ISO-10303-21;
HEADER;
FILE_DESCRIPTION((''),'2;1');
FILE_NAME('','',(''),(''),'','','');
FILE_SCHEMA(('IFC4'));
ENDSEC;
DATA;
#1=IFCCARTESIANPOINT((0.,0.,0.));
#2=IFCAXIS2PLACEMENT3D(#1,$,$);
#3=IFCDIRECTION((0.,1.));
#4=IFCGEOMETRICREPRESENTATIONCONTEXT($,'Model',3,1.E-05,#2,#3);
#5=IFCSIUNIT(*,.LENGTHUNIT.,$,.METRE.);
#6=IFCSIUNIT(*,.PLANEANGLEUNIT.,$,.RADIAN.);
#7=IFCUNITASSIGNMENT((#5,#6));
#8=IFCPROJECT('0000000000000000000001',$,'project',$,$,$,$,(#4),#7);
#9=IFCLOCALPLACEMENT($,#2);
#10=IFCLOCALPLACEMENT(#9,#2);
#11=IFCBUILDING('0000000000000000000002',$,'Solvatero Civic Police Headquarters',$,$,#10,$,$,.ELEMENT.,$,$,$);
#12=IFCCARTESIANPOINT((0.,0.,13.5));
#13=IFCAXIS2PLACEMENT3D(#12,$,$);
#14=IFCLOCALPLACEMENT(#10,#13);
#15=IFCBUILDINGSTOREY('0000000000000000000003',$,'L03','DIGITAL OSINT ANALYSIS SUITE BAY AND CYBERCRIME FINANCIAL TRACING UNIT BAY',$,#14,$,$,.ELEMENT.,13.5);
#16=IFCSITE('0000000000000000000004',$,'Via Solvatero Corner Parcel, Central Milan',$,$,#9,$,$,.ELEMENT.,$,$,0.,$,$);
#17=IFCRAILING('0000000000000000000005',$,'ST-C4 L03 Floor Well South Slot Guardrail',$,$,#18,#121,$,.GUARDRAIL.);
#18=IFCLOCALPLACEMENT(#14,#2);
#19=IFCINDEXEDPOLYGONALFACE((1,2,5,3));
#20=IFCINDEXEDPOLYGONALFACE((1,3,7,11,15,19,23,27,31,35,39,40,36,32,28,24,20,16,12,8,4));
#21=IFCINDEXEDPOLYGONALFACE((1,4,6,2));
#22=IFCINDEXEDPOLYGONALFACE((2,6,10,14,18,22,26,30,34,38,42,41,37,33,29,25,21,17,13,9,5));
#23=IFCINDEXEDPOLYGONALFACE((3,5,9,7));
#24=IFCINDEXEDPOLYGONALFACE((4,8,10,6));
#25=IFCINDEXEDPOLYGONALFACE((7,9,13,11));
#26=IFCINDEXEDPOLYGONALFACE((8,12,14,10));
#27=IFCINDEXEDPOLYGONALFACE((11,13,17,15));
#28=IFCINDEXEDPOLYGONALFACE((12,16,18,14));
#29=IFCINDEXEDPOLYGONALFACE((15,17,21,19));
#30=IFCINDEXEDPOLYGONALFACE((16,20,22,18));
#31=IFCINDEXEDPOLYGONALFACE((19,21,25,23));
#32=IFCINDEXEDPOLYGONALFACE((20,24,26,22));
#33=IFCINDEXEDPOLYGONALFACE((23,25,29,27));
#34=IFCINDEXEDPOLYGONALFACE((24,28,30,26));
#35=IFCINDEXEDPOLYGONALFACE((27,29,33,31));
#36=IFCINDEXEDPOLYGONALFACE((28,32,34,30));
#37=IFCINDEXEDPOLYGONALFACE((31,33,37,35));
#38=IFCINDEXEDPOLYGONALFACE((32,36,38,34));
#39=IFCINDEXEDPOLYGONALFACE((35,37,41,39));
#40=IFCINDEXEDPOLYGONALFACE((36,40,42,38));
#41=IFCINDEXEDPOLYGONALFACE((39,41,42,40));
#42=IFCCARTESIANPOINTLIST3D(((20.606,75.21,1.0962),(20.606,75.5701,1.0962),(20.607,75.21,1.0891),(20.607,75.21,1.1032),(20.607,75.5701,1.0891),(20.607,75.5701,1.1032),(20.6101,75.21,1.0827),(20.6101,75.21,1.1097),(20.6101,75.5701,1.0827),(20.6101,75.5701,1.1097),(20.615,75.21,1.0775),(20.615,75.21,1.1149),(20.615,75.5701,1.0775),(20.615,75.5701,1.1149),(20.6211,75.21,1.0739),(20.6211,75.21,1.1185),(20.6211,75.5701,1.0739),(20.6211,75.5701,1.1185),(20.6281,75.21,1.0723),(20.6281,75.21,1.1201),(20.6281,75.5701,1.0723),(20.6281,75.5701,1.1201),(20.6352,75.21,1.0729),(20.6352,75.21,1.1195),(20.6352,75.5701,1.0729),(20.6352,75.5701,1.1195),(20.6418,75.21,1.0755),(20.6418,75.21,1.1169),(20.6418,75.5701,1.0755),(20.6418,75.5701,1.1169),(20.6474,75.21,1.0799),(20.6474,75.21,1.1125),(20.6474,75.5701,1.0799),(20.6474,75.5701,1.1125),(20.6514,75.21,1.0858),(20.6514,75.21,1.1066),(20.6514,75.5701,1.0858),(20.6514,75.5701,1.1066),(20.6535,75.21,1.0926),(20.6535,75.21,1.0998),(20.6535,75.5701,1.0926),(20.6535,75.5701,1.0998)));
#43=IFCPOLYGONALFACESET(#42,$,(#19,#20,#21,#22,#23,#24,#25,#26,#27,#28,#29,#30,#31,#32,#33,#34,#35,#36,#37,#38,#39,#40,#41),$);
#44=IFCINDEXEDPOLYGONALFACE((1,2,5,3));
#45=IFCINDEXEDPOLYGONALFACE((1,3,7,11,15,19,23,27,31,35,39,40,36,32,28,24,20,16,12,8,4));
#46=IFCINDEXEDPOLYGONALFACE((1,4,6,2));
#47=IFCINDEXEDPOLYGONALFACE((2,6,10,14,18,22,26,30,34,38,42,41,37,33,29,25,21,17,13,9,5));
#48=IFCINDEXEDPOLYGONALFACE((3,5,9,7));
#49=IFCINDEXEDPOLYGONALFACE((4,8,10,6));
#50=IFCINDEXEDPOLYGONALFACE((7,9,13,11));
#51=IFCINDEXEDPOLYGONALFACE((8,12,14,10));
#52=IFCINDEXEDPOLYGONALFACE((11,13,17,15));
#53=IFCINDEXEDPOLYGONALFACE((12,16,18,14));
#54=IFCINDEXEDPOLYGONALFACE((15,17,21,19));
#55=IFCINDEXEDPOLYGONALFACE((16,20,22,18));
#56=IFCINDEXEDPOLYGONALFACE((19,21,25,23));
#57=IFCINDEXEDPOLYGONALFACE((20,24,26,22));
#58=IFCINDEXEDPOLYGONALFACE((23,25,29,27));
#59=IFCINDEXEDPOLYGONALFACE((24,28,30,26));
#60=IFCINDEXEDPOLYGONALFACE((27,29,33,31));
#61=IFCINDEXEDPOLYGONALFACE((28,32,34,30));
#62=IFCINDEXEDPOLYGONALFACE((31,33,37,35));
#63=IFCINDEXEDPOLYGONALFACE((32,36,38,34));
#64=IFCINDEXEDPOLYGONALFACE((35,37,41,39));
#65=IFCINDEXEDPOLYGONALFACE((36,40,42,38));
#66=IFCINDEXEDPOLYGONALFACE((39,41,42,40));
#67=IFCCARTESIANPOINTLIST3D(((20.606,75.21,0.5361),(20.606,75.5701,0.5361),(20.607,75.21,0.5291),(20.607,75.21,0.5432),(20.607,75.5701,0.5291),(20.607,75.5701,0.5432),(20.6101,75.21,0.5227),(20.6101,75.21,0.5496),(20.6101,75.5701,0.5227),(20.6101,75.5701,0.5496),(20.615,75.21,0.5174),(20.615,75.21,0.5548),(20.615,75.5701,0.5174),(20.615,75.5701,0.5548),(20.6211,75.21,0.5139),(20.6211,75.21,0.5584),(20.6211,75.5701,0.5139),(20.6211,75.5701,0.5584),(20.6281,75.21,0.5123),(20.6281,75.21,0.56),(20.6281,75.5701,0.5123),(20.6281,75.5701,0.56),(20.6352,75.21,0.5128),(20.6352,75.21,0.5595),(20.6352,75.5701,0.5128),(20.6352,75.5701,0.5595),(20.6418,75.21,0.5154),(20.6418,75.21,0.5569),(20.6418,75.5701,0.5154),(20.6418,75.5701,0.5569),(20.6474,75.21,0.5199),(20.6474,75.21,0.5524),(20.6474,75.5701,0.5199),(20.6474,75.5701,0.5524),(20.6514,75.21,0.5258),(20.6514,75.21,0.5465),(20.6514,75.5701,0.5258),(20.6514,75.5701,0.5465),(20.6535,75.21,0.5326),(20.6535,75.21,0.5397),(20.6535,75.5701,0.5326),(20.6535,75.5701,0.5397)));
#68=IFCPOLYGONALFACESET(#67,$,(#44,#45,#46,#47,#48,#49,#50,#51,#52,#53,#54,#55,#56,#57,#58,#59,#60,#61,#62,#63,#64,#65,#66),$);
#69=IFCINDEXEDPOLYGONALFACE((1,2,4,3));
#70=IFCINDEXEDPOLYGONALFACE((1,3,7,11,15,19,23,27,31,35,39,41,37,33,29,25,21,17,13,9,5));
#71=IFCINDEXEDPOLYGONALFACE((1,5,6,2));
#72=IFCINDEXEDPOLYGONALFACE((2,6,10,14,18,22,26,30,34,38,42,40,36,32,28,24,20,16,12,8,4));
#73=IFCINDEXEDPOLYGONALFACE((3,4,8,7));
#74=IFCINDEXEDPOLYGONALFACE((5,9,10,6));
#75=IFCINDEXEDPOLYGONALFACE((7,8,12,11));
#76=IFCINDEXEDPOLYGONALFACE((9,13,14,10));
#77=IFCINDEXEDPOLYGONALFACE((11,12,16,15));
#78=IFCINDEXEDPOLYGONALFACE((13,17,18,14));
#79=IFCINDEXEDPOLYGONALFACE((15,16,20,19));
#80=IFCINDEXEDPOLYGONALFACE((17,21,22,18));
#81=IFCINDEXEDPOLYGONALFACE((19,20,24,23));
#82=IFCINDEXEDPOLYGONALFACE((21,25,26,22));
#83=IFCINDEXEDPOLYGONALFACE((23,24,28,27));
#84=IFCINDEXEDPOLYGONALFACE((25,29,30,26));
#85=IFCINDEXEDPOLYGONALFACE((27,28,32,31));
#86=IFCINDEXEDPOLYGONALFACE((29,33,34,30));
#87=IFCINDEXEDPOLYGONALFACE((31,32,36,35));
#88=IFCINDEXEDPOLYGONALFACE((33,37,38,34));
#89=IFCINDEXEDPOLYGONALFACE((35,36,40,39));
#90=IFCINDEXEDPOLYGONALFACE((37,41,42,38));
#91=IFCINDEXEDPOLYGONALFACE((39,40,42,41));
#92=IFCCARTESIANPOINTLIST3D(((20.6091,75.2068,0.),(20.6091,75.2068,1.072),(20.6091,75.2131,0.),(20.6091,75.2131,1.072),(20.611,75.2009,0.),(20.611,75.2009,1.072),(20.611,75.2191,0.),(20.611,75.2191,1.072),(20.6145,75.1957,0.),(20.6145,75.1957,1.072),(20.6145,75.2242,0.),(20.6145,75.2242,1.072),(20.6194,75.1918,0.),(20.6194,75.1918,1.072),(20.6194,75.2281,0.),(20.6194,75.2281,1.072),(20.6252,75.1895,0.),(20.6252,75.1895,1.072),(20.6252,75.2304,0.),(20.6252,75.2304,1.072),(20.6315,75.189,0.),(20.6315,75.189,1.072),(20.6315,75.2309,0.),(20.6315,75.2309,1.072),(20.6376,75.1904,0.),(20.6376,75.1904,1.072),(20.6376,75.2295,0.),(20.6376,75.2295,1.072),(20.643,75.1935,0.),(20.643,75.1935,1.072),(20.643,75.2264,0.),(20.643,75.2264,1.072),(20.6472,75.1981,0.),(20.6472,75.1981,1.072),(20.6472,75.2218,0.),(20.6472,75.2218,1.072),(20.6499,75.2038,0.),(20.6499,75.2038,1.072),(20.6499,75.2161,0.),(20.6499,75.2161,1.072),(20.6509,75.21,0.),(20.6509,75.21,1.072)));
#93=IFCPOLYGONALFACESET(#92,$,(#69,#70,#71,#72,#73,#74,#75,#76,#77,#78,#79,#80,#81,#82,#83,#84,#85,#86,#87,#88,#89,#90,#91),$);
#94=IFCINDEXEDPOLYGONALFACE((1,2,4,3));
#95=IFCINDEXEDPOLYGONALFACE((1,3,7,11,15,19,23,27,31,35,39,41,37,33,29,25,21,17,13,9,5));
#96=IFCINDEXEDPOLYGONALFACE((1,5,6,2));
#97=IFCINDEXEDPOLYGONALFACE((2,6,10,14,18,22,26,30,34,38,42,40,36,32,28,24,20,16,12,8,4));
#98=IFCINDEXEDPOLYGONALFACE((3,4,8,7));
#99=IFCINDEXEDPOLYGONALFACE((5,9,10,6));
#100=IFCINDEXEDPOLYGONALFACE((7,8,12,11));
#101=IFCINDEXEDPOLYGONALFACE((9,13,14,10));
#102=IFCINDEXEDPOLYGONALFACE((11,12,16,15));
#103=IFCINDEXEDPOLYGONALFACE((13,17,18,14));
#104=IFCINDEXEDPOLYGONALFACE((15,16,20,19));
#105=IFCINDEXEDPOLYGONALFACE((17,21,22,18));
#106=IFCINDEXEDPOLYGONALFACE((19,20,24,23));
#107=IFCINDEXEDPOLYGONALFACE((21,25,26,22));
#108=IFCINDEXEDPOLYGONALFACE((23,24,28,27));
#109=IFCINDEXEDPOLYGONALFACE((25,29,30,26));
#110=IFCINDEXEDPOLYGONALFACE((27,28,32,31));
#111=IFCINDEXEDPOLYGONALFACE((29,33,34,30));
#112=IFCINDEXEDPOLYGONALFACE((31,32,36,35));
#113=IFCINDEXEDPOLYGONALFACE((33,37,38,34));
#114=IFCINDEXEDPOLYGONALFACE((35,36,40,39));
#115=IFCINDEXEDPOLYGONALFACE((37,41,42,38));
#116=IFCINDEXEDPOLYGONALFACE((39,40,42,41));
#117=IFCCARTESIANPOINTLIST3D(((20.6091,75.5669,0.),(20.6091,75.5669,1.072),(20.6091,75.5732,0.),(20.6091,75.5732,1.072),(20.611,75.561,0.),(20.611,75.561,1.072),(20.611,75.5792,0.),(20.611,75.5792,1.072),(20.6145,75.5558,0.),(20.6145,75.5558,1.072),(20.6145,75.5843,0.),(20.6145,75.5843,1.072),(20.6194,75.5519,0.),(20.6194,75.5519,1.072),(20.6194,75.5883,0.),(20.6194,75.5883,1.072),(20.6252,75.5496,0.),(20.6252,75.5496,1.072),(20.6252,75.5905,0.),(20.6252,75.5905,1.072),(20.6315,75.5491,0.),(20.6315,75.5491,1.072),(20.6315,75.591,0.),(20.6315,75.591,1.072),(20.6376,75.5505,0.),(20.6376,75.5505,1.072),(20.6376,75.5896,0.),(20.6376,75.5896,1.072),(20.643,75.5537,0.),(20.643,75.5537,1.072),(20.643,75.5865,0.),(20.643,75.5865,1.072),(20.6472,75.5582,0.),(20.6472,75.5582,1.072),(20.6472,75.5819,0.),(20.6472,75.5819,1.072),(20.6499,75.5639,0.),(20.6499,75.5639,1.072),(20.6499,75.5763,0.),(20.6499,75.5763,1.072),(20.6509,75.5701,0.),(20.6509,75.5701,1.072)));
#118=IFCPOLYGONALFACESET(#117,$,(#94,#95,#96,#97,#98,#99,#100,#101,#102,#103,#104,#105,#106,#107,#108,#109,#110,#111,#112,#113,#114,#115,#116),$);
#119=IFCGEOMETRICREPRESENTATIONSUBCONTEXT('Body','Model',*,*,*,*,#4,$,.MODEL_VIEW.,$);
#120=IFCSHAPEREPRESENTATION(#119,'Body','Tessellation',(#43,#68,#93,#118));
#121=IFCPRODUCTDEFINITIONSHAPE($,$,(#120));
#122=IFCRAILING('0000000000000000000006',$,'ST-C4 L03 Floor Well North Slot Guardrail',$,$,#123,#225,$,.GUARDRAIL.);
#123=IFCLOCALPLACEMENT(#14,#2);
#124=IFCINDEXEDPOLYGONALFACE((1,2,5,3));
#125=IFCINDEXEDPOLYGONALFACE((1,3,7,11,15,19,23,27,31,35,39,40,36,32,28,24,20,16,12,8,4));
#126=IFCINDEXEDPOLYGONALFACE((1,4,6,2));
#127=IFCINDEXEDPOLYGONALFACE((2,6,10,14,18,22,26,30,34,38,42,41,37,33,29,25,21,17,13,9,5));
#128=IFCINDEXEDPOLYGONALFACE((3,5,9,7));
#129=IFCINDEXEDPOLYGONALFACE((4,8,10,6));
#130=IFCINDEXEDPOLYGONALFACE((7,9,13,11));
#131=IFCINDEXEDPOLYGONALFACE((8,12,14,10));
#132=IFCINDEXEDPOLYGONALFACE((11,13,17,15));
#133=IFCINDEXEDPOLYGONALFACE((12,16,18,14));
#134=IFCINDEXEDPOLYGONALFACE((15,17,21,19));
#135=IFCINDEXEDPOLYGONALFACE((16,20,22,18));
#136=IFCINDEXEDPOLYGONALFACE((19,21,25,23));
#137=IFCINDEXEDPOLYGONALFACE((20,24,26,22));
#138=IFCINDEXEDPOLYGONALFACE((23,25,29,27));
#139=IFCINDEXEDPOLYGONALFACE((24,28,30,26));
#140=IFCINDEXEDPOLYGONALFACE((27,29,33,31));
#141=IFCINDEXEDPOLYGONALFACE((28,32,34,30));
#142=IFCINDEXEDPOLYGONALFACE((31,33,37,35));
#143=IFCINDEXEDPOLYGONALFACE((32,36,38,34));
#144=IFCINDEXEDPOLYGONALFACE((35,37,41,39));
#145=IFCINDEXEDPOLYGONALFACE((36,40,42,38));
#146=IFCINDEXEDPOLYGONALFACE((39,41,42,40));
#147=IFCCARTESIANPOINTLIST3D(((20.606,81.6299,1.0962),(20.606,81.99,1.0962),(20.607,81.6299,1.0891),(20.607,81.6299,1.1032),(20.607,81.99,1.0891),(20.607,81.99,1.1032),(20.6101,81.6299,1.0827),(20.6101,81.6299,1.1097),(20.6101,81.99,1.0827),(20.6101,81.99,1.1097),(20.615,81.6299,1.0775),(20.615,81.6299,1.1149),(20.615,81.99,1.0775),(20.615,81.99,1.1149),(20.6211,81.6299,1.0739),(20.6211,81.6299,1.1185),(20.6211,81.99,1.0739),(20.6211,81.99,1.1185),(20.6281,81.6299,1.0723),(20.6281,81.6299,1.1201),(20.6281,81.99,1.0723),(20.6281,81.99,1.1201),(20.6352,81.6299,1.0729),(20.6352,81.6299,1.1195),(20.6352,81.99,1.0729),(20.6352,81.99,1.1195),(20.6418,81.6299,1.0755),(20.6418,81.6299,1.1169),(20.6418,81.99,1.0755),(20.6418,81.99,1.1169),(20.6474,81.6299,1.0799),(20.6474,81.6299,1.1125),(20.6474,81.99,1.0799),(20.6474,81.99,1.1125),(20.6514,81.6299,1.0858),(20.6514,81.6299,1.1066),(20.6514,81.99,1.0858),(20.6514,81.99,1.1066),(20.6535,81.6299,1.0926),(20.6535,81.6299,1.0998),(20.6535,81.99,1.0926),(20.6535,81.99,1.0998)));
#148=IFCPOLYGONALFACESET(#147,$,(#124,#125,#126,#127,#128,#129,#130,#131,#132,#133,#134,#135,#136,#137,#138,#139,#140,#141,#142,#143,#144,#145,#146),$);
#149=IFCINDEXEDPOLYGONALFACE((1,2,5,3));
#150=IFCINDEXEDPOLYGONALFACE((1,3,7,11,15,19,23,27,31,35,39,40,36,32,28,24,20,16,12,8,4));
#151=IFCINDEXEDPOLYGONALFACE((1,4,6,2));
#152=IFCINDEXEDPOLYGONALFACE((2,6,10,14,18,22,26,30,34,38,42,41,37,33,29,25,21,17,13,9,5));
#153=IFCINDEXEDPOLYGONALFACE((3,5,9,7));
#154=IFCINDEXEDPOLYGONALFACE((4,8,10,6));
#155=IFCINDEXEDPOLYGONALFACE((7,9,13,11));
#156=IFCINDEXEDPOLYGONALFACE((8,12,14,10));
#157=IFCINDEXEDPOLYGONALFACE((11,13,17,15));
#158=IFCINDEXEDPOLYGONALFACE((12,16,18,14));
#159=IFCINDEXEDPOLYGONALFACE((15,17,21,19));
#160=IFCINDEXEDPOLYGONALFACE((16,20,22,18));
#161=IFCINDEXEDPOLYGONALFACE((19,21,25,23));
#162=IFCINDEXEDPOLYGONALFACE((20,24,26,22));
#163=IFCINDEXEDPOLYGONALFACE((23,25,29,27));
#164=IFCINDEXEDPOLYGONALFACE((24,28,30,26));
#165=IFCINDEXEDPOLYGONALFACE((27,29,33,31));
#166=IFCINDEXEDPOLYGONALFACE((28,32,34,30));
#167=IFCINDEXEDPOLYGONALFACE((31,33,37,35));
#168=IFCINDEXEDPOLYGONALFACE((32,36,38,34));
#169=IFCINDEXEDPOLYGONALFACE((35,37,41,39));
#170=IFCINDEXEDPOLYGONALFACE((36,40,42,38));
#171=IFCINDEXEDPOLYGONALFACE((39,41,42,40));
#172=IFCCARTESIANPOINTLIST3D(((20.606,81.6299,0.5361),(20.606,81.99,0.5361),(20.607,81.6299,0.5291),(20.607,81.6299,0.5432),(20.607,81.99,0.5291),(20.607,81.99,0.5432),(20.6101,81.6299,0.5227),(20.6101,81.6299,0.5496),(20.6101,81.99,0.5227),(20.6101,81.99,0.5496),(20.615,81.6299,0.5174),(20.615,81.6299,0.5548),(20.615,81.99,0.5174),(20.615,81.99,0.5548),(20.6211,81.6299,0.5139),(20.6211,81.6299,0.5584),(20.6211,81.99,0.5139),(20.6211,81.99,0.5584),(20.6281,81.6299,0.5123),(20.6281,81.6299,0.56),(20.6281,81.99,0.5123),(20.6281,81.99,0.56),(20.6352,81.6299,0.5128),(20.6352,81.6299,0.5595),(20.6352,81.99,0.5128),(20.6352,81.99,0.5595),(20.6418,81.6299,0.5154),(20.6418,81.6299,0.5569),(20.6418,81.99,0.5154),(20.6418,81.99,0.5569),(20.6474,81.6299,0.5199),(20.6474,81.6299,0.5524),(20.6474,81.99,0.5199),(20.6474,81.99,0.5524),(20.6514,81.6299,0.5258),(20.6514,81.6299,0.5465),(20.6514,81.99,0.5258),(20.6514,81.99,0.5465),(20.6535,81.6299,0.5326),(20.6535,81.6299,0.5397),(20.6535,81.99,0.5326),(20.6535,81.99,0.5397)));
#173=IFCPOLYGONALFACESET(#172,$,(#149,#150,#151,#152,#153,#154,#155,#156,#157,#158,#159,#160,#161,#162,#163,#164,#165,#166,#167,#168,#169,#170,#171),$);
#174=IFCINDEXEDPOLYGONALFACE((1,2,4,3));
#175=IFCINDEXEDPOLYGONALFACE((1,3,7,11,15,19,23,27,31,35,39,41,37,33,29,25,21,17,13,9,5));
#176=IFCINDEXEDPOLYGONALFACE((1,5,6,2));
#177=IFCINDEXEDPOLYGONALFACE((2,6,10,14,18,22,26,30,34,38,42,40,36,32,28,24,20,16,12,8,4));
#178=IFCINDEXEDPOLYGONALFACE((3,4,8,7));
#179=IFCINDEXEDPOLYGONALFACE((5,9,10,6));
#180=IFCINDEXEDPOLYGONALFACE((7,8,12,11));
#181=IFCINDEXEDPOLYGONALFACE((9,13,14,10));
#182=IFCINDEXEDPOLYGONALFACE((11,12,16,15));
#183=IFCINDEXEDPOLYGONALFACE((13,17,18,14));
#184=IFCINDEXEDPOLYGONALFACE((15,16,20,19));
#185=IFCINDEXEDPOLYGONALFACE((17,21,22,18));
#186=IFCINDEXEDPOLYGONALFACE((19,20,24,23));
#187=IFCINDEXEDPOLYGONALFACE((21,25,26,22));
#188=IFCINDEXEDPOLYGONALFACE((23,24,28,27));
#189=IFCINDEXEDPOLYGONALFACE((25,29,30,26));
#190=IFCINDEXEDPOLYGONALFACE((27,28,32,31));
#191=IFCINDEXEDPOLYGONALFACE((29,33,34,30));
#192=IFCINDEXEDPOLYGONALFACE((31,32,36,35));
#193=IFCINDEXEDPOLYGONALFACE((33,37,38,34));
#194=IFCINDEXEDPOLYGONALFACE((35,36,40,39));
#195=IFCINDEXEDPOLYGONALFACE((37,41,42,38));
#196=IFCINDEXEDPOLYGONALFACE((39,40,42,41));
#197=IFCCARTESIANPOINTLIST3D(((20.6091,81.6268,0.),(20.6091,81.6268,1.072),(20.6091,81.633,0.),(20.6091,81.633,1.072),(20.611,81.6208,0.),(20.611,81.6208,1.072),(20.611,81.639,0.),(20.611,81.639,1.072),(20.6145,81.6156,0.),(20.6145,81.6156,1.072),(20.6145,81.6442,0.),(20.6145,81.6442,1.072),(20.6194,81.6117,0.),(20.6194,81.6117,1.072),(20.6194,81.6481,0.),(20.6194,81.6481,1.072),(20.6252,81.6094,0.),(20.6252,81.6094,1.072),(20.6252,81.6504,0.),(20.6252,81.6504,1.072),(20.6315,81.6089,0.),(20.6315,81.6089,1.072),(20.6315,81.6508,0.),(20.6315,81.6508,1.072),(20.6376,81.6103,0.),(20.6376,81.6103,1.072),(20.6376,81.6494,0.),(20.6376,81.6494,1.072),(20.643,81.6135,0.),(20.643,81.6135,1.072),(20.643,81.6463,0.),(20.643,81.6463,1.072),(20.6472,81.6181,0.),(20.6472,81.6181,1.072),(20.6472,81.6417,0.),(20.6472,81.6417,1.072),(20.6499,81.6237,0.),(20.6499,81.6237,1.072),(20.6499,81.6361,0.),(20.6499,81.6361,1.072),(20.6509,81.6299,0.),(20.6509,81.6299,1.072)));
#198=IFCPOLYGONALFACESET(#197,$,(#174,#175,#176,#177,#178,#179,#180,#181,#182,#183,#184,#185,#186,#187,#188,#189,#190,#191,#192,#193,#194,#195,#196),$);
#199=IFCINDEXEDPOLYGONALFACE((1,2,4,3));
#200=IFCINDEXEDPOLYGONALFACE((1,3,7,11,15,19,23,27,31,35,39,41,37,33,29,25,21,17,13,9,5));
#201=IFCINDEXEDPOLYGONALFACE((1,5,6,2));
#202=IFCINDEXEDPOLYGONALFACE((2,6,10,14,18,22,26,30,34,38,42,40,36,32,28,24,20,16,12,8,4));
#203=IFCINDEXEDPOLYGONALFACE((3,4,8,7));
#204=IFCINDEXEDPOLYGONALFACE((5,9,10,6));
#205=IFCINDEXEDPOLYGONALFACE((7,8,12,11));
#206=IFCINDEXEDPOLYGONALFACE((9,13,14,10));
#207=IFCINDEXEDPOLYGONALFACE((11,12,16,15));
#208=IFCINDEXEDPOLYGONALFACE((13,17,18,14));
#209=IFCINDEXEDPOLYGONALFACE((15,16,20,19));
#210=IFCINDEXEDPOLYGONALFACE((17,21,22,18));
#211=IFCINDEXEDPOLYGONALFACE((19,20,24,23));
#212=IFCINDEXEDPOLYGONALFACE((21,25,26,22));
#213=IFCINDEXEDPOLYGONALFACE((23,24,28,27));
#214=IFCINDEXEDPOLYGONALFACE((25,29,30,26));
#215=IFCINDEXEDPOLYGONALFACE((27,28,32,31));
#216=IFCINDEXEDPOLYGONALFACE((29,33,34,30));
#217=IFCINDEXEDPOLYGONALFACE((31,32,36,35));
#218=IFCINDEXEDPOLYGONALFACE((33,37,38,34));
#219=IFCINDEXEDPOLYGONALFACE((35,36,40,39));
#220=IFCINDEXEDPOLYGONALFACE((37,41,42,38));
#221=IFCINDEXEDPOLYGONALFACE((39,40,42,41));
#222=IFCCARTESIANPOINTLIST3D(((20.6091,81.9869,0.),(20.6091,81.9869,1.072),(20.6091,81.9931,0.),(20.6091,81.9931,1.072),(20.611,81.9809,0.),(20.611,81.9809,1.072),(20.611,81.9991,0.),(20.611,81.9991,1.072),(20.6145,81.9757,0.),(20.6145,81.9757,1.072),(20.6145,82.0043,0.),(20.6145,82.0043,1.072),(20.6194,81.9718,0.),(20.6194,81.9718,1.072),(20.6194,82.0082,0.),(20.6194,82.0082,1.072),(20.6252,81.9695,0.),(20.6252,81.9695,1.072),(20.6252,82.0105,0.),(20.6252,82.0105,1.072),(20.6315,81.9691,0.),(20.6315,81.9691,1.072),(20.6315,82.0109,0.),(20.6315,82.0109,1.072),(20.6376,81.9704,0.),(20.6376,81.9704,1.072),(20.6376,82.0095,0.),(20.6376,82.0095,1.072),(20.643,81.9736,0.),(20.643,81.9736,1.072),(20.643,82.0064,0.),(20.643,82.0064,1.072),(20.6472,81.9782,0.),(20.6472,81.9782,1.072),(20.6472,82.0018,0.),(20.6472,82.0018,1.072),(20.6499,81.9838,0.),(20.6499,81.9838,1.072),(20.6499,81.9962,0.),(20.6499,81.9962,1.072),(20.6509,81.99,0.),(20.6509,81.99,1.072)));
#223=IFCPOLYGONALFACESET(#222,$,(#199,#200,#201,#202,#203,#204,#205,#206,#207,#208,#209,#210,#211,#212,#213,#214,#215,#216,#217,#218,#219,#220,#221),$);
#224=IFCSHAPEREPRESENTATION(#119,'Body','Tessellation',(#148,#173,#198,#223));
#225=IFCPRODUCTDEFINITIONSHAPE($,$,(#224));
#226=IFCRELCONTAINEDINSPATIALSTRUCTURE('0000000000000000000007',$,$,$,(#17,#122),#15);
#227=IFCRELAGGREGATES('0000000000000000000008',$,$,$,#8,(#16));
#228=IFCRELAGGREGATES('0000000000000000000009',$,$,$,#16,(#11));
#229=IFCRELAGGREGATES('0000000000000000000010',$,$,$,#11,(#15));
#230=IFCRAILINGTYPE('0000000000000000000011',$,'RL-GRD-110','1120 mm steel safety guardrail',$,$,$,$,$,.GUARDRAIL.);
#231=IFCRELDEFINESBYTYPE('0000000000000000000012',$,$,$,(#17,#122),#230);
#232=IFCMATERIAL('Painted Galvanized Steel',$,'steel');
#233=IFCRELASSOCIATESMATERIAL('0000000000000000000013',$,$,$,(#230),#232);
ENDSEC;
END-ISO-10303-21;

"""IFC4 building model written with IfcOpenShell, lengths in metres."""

from ifc_helpers import new_model, si_unit, direction, frame, origin, origin_2d, place, context, subcontext, project, spatial, circle, extrude, material, type_object, element, save


model = new_model("IFC4")

# Units and contexts
model_context = context("Model", 3, precision=1e-05, world=origin(), true_north=direction((0.0, 1.0)))
body_context = subcontext(model_context, "Body", "Model", "MODEL_VIEW")
ifc_project = project(units=[si_unit("LENGTHUNIT", "METRE"), si_unit("PLANEANGLEUNIT", "RADIAN")], contexts=[model_context])

# Site, building, storey
site_placement = place(None, origin())
site = spatial("IfcSite", under=ifc_project, at=site_placement, Name="Via Solvatero Corner Parcel, Central Milan", CompositionType="ELEMENT", RefElevation=0.0)
building_placement = place(site_placement, origin())
building = spatial("IfcBuilding", under=site, at=building_placement, Name="Solvatero Civic Police Headquarters", CompositionType="ELEMENT")
storey_placement = place(building_placement, frame((0.0, 0.0, 13.5)))
storey = spatial("IfcBuildingStorey", under=building, at=storey_placement, Name="L03", Description="DIGITAL OSINT ANALYSIS SUITE BAY AND CYBERCRIME FINANCIAL TRACING UNIT BAY", CompositionType="ELEMENT", Elevation=13.5)

# Railings
ifc_material_1 = material(Name="Painted Galvanized Steel", Category="steel")
railing_type_1 = type_object("IfcRailingType", Name="RL-GRD-110", Description="1120 mm steel safety guardrail", PredefinedType="GUARDRAIL", material=ifc_material_1)
for number, where, name in (
    (1, (20.6299, 75.21, 0.0), "ST-C4 L03 Floor Well South Slot Guardrail"),
    (2, (20.6299, 81.6299, 0.0), "ST-C4 L03 Floor Well North Slot Guardrail"),
):
    element("IfcRailing", number, at=place(storey_placement, frame(where)), inside=storey, type_object=railing_type_1, Name=name, PredefinedType="GUARDRAIL", context=body_context, shape_type="SweptSolid", body=[
        extrude(circle(Radius=0.0239, at=origin_2d()), frame((0.0, 0.0, 1.0962), z_axis=(0.0, 1.0, 0.0), x_axis=(-1.0, 0.0, 0.0)), (0.0, 0.0, 1.0), 0.3601),
        extrude(circle(Radius=0.0239, at=origin_2d()), frame((0.0, 0.0, 0.5361), z_axis=(0.0, 1.0, 0.0), x_axis=(-1.0, 0.0, 0.0)), (0.0, 0.0, 1.0), 0.3601),
        extrude(circle(Radius=0.021, at=origin_2d()), origin(), (0.0, 0.0, 1.0), 1.072),
        extrude(circle(Radius=0.021, at=origin_2d()), frame((0.0, 0.3601, 0.0)), (0.0, 0.0, 1.0), 1.072),
    ])

save(model, "model.ifc")
